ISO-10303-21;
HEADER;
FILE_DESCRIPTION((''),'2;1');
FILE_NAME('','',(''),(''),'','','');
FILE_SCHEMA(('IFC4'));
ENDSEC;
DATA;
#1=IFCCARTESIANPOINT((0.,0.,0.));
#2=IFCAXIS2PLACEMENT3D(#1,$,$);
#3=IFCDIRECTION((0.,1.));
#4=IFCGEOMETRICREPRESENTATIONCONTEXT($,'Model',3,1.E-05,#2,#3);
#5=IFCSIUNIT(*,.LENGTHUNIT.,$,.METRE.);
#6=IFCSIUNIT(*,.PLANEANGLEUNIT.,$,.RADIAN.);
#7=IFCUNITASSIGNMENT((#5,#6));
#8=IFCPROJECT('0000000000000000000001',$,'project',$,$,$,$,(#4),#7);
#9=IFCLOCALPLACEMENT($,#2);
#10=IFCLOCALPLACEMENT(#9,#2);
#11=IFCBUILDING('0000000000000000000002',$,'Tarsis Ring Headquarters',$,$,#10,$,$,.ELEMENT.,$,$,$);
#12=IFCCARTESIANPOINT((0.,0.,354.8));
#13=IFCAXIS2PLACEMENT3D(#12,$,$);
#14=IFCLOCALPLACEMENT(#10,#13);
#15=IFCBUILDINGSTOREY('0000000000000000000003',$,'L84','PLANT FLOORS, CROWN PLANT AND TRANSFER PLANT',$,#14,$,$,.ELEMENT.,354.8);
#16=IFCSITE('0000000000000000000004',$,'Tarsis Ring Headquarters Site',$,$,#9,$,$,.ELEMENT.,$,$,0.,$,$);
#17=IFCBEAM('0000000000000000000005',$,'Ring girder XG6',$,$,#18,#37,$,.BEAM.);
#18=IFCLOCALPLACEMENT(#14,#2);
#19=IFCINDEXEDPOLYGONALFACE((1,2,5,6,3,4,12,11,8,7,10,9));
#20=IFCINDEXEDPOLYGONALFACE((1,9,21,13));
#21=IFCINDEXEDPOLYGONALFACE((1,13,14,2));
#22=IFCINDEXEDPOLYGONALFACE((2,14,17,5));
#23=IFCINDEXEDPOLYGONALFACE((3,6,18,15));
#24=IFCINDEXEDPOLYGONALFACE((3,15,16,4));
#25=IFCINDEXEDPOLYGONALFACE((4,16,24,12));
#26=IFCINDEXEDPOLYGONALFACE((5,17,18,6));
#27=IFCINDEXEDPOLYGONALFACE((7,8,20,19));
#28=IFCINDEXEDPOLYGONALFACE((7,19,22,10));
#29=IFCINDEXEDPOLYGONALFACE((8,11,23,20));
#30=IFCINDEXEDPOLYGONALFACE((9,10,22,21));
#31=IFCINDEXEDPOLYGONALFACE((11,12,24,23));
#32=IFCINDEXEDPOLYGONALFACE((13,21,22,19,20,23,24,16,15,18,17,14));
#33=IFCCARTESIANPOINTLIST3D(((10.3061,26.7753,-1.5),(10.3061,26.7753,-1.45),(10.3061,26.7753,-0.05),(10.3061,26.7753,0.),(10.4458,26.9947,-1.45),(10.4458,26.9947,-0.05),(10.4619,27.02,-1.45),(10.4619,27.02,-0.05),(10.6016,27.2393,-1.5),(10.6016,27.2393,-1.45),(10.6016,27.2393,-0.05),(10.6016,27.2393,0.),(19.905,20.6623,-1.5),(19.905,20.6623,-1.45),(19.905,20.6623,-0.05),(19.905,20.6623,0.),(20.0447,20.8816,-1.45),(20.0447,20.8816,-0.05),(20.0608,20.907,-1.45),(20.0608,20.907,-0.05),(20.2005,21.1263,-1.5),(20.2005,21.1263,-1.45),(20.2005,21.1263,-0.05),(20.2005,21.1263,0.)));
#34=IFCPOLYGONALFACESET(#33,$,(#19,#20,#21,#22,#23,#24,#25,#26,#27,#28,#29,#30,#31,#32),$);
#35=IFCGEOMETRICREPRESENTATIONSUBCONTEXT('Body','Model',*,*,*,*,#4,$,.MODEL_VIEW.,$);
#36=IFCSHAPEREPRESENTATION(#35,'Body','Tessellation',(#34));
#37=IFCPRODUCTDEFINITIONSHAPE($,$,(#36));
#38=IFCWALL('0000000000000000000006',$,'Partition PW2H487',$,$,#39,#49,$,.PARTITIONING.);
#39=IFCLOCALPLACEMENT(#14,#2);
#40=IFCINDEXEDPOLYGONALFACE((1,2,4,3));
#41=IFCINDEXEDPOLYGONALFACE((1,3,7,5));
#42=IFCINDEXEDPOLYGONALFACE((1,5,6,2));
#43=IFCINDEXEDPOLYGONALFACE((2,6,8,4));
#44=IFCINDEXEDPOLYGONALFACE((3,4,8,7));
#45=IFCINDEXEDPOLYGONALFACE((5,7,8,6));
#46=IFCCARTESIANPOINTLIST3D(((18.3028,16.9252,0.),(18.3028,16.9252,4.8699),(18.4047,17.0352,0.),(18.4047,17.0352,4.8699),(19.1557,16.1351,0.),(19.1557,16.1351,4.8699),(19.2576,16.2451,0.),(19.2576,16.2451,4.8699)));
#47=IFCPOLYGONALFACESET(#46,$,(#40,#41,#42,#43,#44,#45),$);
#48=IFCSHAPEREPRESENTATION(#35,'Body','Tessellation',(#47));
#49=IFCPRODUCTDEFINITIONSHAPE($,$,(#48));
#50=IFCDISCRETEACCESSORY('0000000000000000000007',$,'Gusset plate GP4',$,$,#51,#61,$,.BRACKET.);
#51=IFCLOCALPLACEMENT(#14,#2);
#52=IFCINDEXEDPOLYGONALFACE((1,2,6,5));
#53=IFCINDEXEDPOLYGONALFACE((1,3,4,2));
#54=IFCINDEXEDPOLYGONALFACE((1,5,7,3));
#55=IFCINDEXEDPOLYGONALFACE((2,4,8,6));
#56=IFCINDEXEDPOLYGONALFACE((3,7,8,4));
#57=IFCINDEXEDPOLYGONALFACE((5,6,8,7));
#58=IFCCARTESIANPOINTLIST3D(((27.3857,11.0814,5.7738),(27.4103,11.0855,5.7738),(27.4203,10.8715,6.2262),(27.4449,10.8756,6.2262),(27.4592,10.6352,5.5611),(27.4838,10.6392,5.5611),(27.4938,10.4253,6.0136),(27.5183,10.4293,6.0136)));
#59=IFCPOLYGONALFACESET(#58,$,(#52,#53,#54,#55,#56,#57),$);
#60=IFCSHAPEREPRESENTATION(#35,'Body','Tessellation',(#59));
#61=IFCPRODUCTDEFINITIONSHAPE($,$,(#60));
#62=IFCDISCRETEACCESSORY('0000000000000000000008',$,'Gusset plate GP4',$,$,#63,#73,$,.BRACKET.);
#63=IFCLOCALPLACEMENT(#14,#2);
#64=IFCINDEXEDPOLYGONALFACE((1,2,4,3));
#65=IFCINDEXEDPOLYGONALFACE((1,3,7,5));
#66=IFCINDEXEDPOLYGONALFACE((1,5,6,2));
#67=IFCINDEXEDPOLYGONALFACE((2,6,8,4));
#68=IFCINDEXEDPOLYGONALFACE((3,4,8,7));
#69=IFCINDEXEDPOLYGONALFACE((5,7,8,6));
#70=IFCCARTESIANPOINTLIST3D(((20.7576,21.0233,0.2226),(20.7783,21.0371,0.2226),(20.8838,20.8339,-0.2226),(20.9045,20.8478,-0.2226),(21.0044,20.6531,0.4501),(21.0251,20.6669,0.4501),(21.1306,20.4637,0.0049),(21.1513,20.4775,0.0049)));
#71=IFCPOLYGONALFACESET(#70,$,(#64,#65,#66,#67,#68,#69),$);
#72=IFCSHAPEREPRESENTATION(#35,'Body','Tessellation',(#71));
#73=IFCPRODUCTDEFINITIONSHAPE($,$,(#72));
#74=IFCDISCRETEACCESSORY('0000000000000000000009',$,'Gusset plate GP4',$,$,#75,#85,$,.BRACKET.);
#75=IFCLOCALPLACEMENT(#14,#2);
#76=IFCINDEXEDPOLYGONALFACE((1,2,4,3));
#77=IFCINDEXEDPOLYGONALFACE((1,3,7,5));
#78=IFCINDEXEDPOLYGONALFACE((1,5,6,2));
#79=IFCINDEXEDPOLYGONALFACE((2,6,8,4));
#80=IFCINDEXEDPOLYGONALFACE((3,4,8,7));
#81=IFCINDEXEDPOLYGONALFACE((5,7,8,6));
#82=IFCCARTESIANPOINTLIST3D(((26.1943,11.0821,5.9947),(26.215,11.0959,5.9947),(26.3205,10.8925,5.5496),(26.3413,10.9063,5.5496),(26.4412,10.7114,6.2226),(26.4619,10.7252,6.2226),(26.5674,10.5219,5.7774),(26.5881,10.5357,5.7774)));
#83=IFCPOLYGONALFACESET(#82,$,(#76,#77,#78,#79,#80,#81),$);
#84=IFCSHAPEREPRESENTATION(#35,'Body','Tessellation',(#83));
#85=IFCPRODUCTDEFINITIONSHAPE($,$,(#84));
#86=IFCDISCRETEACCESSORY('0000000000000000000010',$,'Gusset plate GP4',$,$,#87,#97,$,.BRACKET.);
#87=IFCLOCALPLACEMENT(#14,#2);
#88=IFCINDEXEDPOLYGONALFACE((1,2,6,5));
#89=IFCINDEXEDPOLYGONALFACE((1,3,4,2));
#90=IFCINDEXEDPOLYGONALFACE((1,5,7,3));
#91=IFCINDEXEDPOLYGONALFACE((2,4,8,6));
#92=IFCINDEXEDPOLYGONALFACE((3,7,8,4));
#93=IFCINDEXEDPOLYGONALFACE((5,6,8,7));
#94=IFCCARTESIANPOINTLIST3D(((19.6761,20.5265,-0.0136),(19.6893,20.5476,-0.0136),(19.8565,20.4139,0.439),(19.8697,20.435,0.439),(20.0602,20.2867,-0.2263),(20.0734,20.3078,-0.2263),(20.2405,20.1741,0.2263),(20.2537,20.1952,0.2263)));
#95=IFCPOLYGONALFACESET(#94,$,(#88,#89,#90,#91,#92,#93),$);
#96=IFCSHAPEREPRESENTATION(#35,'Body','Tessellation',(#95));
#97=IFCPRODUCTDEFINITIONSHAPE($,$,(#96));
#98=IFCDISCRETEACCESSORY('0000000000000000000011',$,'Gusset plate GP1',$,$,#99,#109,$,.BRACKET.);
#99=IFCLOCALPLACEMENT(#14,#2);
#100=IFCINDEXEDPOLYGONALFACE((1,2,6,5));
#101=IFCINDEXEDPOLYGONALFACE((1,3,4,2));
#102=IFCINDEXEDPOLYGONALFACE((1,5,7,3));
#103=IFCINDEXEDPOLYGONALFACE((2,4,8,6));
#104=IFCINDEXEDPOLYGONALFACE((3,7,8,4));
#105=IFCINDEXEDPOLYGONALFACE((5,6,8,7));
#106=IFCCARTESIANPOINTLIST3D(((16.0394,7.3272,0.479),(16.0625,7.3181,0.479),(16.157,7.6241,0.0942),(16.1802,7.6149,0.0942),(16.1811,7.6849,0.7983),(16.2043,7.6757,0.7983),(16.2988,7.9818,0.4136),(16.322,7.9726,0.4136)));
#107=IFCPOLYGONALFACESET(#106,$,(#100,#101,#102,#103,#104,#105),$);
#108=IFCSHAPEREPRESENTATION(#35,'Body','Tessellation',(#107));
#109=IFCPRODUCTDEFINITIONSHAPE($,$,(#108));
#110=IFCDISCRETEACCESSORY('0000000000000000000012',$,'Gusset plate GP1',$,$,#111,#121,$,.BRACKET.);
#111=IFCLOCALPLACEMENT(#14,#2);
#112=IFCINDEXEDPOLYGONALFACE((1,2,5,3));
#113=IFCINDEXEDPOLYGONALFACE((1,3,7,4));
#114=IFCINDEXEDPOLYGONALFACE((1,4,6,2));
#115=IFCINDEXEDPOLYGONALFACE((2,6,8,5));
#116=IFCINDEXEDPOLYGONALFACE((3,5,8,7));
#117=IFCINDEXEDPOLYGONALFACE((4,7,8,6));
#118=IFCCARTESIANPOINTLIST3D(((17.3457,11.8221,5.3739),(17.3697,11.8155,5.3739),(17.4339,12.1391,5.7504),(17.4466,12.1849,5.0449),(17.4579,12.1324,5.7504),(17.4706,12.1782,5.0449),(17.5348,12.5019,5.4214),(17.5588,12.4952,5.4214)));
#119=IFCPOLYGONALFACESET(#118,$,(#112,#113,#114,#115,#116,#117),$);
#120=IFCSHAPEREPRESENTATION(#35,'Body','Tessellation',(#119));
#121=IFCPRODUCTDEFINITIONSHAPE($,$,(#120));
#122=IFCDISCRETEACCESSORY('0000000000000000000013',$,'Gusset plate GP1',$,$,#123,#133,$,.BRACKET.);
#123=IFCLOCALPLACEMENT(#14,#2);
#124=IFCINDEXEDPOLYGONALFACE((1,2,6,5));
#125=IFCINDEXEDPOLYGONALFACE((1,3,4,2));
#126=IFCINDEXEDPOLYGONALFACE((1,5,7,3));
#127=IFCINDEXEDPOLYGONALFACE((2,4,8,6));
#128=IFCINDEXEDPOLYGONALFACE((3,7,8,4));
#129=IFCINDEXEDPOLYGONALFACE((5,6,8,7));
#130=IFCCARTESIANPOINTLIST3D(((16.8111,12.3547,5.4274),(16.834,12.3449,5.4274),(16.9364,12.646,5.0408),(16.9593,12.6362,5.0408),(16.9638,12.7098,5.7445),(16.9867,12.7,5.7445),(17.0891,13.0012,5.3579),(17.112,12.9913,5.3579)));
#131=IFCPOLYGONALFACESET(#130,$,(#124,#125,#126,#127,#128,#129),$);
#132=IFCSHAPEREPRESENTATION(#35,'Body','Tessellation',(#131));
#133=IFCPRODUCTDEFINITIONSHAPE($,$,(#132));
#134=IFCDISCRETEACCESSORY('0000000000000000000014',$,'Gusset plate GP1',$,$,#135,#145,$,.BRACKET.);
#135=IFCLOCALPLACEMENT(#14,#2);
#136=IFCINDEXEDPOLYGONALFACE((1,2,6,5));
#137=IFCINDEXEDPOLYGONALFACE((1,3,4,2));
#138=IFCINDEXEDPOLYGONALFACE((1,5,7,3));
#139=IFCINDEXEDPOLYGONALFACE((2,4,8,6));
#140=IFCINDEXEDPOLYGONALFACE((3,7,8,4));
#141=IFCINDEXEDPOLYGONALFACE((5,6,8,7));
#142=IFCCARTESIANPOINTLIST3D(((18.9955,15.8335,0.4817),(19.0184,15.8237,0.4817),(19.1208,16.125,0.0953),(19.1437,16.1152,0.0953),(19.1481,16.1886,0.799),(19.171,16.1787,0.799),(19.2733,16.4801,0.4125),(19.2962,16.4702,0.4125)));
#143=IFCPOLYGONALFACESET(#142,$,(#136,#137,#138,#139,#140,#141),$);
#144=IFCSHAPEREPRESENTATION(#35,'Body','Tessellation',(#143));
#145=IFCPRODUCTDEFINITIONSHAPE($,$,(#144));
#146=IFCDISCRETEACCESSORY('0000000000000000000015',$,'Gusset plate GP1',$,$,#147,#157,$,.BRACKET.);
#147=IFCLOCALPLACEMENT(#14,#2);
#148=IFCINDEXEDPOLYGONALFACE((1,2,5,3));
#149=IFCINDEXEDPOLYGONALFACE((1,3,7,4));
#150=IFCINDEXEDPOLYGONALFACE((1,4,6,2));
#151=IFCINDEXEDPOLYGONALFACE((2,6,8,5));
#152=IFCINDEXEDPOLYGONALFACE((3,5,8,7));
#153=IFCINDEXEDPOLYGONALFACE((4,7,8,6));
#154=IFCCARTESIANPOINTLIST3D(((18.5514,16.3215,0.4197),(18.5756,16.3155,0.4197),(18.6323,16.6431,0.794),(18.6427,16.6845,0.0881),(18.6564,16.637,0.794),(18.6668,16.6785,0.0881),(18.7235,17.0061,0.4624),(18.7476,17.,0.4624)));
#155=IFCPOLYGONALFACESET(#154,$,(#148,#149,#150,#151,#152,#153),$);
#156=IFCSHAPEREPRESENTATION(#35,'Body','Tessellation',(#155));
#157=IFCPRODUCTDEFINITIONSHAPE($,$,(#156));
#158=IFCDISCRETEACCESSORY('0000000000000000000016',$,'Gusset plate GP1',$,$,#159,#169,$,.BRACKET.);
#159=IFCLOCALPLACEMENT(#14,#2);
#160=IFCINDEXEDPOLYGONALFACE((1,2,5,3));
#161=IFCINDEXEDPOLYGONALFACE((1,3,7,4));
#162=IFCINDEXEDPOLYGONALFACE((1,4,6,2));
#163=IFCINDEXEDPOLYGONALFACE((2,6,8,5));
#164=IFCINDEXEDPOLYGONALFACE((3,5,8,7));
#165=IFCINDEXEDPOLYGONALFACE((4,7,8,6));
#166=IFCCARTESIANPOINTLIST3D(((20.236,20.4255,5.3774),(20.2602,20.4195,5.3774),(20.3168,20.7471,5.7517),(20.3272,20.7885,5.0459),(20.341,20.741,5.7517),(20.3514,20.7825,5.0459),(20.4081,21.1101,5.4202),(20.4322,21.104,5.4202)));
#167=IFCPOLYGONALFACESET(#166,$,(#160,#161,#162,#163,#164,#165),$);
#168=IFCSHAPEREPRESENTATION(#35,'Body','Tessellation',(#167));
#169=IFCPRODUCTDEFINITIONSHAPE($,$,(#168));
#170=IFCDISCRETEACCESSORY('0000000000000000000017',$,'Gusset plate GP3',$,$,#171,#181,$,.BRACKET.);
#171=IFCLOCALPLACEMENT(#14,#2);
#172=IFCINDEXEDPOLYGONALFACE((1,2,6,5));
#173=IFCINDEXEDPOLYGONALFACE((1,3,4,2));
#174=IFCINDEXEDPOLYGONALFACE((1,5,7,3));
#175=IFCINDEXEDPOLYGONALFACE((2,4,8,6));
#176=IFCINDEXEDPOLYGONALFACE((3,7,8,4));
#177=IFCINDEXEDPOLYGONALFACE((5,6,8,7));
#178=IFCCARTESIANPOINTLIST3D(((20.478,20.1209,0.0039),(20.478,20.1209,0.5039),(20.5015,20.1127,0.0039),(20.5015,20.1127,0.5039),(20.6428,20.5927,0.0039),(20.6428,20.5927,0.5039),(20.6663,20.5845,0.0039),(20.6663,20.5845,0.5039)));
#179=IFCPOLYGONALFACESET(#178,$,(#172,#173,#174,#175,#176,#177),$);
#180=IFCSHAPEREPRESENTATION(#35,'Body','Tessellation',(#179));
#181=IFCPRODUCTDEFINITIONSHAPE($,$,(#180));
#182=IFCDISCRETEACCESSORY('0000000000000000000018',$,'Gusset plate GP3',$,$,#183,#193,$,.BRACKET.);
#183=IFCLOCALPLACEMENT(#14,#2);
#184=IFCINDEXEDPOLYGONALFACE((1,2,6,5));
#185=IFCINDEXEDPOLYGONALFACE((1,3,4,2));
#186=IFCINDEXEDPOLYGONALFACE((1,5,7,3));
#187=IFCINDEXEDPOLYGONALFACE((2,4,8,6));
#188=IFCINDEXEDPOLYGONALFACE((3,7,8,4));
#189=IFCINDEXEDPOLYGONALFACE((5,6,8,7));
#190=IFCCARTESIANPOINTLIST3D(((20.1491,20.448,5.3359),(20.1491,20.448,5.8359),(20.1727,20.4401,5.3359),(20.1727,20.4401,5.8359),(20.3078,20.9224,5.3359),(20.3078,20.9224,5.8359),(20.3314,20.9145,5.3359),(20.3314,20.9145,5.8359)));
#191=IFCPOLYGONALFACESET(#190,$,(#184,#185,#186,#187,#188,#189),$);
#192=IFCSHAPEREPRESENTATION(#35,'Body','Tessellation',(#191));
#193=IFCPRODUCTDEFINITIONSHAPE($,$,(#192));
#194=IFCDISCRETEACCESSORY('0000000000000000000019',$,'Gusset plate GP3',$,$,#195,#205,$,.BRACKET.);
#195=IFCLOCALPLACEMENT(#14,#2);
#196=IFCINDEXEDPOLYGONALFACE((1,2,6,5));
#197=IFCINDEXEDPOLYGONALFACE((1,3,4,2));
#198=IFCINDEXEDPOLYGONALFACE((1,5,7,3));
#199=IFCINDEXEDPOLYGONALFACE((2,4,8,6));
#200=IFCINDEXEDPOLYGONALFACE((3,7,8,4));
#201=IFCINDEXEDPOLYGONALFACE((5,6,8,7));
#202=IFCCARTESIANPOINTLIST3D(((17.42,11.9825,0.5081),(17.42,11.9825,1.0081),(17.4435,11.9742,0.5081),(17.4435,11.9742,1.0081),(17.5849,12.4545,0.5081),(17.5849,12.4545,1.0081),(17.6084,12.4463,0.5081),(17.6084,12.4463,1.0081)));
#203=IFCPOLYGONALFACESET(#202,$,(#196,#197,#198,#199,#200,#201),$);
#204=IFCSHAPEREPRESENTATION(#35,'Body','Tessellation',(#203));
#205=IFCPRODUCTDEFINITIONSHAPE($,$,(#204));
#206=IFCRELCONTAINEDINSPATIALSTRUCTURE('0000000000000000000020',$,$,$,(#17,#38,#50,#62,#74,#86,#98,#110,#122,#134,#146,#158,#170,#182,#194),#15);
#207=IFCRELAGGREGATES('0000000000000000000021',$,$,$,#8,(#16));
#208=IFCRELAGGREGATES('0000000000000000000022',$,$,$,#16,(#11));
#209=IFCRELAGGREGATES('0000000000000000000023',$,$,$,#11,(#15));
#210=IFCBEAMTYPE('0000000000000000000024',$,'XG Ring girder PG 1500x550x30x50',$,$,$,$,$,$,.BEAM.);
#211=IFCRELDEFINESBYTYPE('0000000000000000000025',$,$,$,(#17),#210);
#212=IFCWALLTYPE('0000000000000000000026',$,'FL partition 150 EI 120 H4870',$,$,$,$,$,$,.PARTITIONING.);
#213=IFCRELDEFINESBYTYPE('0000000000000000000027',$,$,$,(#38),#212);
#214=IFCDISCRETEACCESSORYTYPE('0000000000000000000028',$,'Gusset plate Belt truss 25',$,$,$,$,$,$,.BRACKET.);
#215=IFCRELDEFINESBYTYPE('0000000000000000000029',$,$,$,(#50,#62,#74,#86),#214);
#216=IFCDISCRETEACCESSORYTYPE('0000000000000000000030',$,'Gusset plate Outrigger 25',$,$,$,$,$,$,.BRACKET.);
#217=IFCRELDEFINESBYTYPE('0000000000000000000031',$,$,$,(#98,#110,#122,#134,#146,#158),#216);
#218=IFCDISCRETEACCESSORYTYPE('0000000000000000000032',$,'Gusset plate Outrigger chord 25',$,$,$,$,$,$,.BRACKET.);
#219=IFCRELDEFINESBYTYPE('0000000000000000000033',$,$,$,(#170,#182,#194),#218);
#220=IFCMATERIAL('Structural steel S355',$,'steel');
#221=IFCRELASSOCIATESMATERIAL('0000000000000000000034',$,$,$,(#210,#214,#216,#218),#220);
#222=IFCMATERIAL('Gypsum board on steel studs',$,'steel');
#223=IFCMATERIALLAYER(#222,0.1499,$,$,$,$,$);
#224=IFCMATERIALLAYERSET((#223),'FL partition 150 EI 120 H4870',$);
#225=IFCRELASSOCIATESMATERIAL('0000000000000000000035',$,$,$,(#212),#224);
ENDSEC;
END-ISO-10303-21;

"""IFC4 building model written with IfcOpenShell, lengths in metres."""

from ifc_helpers import new_model, si_unit, direction, frame, frame_2d, origin, origin_2d, place, context, subcontext, project, spatial, rectangle, i_section, extrude, material, layer, layer_set, material_profile, profile_set, type_object, element, save


model = new_model("IFC4")

# Units and contexts
model_context = context("Model", 3, precision=1e-05, world=origin(), true_north=direction((0.0, 1.0)))
body_context = subcontext(model_context, "Body", "Model", "MODEL_VIEW")
ifc_project = project(units=[si_unit("LENGTHUNIT", "METRE"), si_unit("PLANEANGLEUNIT", "RADIAN")], contexts=[model_context])

# Site, building, storey
site_placement = place(None, origin())
site = spatial("IfcSite", under=ifc_project, at=site_placement, Name="Tarsis Ring Headquarters Site", CompositionType="ELEMENT", RefElevation=0.0)
building_placement = place(site_placement, origin())
building = spatial("IfcBuilding", under=site, at=building_placement, Name="Tarsis Ring Headquarters", CompositionType="ELEMENT")
storey_placement = place(building_placement, frame((0.0, 0.0, 354.8)))
storey = spatial("IfcBuildingStorey", under=building, at=storey_placement, Name="L84", Description="PLANT FLOORS, CROWN PLANT AND TRANSFER PLANT", CompositionType="ELEMENT", Elevation=354.8)

# Shared definitions
ifc_material_1 = material(Name="Structural steel S355", Category="steel")

# Beam
ifc_material_profile_1 = material_profile(ifc_material_1, i_section(OverallWidth=0.55, OverallDepth=1.5, WebThickness=0.03, FlangeThickness=0.05, at=origin_2d()), Name="PG 1500x550x30x50")
ifc_profile_set_1 = profile_set([ifc_material_profile_1], Name="Structural steel S355")
beam_type = type_object("IfcBeamType", Name="XG Ring girder PG 1500x550x30x50", PredefinedType="BEAM", material=ifc_profile_set_1)
for number, where, z_axis, x_axis, name in (
    (1, (20.0527, 20.8943, -0.75), (-0.843476, 0.537167, 0.0), (-0.537167, -0.843476, 0.0), "Ring girder XG6"),
):
    element("IfcBeam", number, at=place(storey_placement, frame(where, z_axis=z_axis, x_axis=x_axis)), inside=storey, type_object=beam_type, Name=name, PredefinedType="BEAM", context=body_context, shape_type="SweptSolid", body=[
        extrude(i_section(OverallWidth=0.55, OverallDepth=1.5, WebThickness=0.03, FlangeThickness=0.05, at=origin_2d()), origin(), (0.0, 0.0, 1.0), 11.3801),
    ])

# Wall
ifc_material_2 = material(Name="Gypsum board on steel studs", Category="steel")
ifc_layer = layer(ifc_material_2, 0.1499)
ifc_layer_set = layer_set([ifc_layer], Name="FL partition 150 EI 120 H4870")
wall_type = type_object("IfcWallType", Name="FL partition 150 EI 120 H4870", PredefinedType="PARTITIONING", material=ifc_layer_set)
wall_placement = place(storey_placement, frame((18.3538, 16.9802, 0.0), z_axis=(0.0, 0.0, 1.0), x_axis=(0.733578, -0.679605, 0.0)))
element("IfcWall", 2, at=wall_placement, inside=storey, type_object=wall_type, Name="Partition PW2H487", PredefinedType="PARTITIONING", context=body_context, shape_type="SweptSolid", body=[
    extrude(rectangle(XDim=1.1626, YDim=0.1499, at=frame_2d((0.5813, 0.0))), origin(), (0.0, 0.0, 1.0), 4.8699),
])

# Discrete accessories
ifc_material_profile_2 = material_profile(ifc_material_1, rectangle(XDim=0.0249, YDim=0.5, at=origin_2d()), Name="PL 25x500")
ifc_profile_set_2 = profile_set([ifc_material_profile_2], Name="Structural steel S355")
discrete_accessory_type_1 = type_object("IfcDiscreteAccessoryType", Name="Gusset plate Belt truss 25", PredefinedType="BRACKET", material=ifc_profile_set_2)
for number, where, z_axis, x_axis, name in (
    (3, (27.4153, 10.9785, 6.0), (0.147034, -0.892948, -0.425469), (0.986713, 0.162473, 0.0), "Gusset plate GP4"),
    (4, (20.8311, 20.9355, 0.0), (0.493786, -0.740923, 0.455201), (0.832135, 0.554574, 0.0), "Gusset plate GP4"),
):
    element("IfcDiscreteAccessory", number, at=place(storey_placement, frame(where, z_axis=z_axis, x_axis=x_axis)), inside=storey, type_object=discrete_accessory_type_1, Name=name, PredefinedType="BRACKET", context=body_context, shape_type="SweptSolid", body=[
        extrude(rectangle(XDim=0.0249, YDim=0.5, at=origin_2d()), origin(), (0.0, 0.0, 1.0), 0.4998),
    ])
for number, where, z_axis, x_axis, name in (
    (5, (26.5146, 10.6235, 6.0), (-0.493498, 0.740979, -0.455424), (-0.832303, -0.554321, 0.0), "Gusset plate GP4"),
    (6, (20.157, 20.241, 0.0), (-0.767793, 0.479321, 0.425141), (-0.529563, -0.848271, 0.0), "Gusset plate GP4"),
):
    element("IfcDiscreteAccessory", number, at=place(storey_placement, frame(where, z_axis=z_axis, x_axis=x_axis)), inside=storey, type_object=discrete_accessory_type_1, Name=name, PredefinedType="BRACKET", context=body_context, shape_type="SweptSolid", body=[
        extrude(rectangle(XDim=0.0249, YDim=0.5, at=origin_2d()), origin(), (0.0, 0.0, 1.0), 0.5002),
    ])
discrete_accessory_type_2 = type_object("IfcDiscreteAccessoryType", Name="Gusset plate Outrigger 25", PredefinedType="BRACKET", material=ifc_profile_set_2)
for number, where, z_axis, x_axis, name in (
    (7, (16.2395, 7.7983, 0.2539), (-0.235339, -0.593718, 0.76949), (0.929632, -0.368489, 0.0), "Gusset plate GP1"),
    (8, (17.4963, 12.3171, 5.5859), (-0.176299, -0.633896, -0.753057), (0.963433, -0.26795, 0.0), "Gusset plate GP1"),
    (9, (16.8989, 12.5273, 5.5859), (0.250548, 0.582658, -0.773133), (-0.918666, 0.395034, 0.0), "Gusset plate GP1"),
    (10, (19.2085, 16.2976, 0.2539), (-0.250477, -0.582981, 0.772913), (0.918786, -0.394755, 0.0), "Gusset plate GP1"),
    (11, (18.6091, 16.5, 0.2539), (0.161624, 0.643079, 0.74855), (-0.969839, 0.243748, 0.0), "Gusset plate GP1"),
    (12, (20.3745, 20.9255, 5.5859), (-0.161624, -0.643079, -0.74855), (0.969839, -0.243748, 0.0), "Gusset plate GP1"),
):
    element("IfcDiscreteAccessory", number, at=place(storey_placement, frame(where, z_axis=z_axis, x_axis=x_axis)), inside=storey, type_object=discrete_accessory_type_2, Name=name, PredefinedType="BRACKET", context=body_context, shape_type="SweptSolid", body=[
        extrude(rectangle(XDim=0.0249, YDim=0.5, at=origin_2d()), origin(), (0.0, 0.0, 1.0), 0.5),
    ])
discrete_accessory_type_3 = type_object("IfcDiscreteAccessoryType", Name="Gusset plate Outrigger chord 25", PredefinedType="BRACKET", material=ifc_profile_set_2)
discrete_accessory_1_placement = place(storey_placement, frame((20.6545, 20.5886, 0.2539), z_axis=(-0.329676, -0.944094, 0.0), x_axis=(0.944094, -0.329676, 0.0)))
element("IfcDiscreteAccessory", 13, at=discrete_accessory_1_placement, inside=storey, type_object=discrete_accessory_type_3, Name="Gusset plate GP3", PredefinedType="BRACKET", context=body_context, shape_type="SweptSolid", body=[
    extrude(rectangle(XDim=0.0249, YDim=0.5, at=origin_2d()), origin(), (0.0, 0.0, 1.0), 0.4998),
])
discrete_accessory_2_placement = place(storey_placement, frame((20.3196, 20.9185, 5.5859), z_axis=(-0.317253, -0.948341, 0.0), x_axis=(0.948341, -0.317253, 0.0)))
element("IfcDiscreteAccessory", 14, at=discrete_accessory_2_placement, inside=storey, type_object=discrete_accessory_type_3, Name="Gusset plate GP3", PredefinedType="BRACKET", context=body_context, shape_type="SweptSolid", body=[
    extrude(rectangle(XDim=0.0249, YDim=0.5, at=origin_2d()), origin(), (0.0, 0.0, 1.0), 0.5002),
])
for number, where, z_axis, x_axis, name in (
    (15, (17.5142, 12.2144, 0.5081), (0.0, 0.0, 1.0), (0.944044, -0.32982, 0.0), "Gusset plate GP3"),
):
    element("IfcDiscreteAccessory", number, at=place(storey_placement, frame(where, z_axis=z_axis, x_axis=x_axis)), inside=storey, type_object=discrete_accessory_type_3, Name=name, PredefinedType="BRACKET", context=body_context, shape_type="SweptSolid", body=[
        extrude(rectangle(XDim=0.0249, YDim=0.5, at=origin_2d()), origin(), (0.0, 0.0, 1.0), 0.5),
    ])

save(model, "model.ifc")
